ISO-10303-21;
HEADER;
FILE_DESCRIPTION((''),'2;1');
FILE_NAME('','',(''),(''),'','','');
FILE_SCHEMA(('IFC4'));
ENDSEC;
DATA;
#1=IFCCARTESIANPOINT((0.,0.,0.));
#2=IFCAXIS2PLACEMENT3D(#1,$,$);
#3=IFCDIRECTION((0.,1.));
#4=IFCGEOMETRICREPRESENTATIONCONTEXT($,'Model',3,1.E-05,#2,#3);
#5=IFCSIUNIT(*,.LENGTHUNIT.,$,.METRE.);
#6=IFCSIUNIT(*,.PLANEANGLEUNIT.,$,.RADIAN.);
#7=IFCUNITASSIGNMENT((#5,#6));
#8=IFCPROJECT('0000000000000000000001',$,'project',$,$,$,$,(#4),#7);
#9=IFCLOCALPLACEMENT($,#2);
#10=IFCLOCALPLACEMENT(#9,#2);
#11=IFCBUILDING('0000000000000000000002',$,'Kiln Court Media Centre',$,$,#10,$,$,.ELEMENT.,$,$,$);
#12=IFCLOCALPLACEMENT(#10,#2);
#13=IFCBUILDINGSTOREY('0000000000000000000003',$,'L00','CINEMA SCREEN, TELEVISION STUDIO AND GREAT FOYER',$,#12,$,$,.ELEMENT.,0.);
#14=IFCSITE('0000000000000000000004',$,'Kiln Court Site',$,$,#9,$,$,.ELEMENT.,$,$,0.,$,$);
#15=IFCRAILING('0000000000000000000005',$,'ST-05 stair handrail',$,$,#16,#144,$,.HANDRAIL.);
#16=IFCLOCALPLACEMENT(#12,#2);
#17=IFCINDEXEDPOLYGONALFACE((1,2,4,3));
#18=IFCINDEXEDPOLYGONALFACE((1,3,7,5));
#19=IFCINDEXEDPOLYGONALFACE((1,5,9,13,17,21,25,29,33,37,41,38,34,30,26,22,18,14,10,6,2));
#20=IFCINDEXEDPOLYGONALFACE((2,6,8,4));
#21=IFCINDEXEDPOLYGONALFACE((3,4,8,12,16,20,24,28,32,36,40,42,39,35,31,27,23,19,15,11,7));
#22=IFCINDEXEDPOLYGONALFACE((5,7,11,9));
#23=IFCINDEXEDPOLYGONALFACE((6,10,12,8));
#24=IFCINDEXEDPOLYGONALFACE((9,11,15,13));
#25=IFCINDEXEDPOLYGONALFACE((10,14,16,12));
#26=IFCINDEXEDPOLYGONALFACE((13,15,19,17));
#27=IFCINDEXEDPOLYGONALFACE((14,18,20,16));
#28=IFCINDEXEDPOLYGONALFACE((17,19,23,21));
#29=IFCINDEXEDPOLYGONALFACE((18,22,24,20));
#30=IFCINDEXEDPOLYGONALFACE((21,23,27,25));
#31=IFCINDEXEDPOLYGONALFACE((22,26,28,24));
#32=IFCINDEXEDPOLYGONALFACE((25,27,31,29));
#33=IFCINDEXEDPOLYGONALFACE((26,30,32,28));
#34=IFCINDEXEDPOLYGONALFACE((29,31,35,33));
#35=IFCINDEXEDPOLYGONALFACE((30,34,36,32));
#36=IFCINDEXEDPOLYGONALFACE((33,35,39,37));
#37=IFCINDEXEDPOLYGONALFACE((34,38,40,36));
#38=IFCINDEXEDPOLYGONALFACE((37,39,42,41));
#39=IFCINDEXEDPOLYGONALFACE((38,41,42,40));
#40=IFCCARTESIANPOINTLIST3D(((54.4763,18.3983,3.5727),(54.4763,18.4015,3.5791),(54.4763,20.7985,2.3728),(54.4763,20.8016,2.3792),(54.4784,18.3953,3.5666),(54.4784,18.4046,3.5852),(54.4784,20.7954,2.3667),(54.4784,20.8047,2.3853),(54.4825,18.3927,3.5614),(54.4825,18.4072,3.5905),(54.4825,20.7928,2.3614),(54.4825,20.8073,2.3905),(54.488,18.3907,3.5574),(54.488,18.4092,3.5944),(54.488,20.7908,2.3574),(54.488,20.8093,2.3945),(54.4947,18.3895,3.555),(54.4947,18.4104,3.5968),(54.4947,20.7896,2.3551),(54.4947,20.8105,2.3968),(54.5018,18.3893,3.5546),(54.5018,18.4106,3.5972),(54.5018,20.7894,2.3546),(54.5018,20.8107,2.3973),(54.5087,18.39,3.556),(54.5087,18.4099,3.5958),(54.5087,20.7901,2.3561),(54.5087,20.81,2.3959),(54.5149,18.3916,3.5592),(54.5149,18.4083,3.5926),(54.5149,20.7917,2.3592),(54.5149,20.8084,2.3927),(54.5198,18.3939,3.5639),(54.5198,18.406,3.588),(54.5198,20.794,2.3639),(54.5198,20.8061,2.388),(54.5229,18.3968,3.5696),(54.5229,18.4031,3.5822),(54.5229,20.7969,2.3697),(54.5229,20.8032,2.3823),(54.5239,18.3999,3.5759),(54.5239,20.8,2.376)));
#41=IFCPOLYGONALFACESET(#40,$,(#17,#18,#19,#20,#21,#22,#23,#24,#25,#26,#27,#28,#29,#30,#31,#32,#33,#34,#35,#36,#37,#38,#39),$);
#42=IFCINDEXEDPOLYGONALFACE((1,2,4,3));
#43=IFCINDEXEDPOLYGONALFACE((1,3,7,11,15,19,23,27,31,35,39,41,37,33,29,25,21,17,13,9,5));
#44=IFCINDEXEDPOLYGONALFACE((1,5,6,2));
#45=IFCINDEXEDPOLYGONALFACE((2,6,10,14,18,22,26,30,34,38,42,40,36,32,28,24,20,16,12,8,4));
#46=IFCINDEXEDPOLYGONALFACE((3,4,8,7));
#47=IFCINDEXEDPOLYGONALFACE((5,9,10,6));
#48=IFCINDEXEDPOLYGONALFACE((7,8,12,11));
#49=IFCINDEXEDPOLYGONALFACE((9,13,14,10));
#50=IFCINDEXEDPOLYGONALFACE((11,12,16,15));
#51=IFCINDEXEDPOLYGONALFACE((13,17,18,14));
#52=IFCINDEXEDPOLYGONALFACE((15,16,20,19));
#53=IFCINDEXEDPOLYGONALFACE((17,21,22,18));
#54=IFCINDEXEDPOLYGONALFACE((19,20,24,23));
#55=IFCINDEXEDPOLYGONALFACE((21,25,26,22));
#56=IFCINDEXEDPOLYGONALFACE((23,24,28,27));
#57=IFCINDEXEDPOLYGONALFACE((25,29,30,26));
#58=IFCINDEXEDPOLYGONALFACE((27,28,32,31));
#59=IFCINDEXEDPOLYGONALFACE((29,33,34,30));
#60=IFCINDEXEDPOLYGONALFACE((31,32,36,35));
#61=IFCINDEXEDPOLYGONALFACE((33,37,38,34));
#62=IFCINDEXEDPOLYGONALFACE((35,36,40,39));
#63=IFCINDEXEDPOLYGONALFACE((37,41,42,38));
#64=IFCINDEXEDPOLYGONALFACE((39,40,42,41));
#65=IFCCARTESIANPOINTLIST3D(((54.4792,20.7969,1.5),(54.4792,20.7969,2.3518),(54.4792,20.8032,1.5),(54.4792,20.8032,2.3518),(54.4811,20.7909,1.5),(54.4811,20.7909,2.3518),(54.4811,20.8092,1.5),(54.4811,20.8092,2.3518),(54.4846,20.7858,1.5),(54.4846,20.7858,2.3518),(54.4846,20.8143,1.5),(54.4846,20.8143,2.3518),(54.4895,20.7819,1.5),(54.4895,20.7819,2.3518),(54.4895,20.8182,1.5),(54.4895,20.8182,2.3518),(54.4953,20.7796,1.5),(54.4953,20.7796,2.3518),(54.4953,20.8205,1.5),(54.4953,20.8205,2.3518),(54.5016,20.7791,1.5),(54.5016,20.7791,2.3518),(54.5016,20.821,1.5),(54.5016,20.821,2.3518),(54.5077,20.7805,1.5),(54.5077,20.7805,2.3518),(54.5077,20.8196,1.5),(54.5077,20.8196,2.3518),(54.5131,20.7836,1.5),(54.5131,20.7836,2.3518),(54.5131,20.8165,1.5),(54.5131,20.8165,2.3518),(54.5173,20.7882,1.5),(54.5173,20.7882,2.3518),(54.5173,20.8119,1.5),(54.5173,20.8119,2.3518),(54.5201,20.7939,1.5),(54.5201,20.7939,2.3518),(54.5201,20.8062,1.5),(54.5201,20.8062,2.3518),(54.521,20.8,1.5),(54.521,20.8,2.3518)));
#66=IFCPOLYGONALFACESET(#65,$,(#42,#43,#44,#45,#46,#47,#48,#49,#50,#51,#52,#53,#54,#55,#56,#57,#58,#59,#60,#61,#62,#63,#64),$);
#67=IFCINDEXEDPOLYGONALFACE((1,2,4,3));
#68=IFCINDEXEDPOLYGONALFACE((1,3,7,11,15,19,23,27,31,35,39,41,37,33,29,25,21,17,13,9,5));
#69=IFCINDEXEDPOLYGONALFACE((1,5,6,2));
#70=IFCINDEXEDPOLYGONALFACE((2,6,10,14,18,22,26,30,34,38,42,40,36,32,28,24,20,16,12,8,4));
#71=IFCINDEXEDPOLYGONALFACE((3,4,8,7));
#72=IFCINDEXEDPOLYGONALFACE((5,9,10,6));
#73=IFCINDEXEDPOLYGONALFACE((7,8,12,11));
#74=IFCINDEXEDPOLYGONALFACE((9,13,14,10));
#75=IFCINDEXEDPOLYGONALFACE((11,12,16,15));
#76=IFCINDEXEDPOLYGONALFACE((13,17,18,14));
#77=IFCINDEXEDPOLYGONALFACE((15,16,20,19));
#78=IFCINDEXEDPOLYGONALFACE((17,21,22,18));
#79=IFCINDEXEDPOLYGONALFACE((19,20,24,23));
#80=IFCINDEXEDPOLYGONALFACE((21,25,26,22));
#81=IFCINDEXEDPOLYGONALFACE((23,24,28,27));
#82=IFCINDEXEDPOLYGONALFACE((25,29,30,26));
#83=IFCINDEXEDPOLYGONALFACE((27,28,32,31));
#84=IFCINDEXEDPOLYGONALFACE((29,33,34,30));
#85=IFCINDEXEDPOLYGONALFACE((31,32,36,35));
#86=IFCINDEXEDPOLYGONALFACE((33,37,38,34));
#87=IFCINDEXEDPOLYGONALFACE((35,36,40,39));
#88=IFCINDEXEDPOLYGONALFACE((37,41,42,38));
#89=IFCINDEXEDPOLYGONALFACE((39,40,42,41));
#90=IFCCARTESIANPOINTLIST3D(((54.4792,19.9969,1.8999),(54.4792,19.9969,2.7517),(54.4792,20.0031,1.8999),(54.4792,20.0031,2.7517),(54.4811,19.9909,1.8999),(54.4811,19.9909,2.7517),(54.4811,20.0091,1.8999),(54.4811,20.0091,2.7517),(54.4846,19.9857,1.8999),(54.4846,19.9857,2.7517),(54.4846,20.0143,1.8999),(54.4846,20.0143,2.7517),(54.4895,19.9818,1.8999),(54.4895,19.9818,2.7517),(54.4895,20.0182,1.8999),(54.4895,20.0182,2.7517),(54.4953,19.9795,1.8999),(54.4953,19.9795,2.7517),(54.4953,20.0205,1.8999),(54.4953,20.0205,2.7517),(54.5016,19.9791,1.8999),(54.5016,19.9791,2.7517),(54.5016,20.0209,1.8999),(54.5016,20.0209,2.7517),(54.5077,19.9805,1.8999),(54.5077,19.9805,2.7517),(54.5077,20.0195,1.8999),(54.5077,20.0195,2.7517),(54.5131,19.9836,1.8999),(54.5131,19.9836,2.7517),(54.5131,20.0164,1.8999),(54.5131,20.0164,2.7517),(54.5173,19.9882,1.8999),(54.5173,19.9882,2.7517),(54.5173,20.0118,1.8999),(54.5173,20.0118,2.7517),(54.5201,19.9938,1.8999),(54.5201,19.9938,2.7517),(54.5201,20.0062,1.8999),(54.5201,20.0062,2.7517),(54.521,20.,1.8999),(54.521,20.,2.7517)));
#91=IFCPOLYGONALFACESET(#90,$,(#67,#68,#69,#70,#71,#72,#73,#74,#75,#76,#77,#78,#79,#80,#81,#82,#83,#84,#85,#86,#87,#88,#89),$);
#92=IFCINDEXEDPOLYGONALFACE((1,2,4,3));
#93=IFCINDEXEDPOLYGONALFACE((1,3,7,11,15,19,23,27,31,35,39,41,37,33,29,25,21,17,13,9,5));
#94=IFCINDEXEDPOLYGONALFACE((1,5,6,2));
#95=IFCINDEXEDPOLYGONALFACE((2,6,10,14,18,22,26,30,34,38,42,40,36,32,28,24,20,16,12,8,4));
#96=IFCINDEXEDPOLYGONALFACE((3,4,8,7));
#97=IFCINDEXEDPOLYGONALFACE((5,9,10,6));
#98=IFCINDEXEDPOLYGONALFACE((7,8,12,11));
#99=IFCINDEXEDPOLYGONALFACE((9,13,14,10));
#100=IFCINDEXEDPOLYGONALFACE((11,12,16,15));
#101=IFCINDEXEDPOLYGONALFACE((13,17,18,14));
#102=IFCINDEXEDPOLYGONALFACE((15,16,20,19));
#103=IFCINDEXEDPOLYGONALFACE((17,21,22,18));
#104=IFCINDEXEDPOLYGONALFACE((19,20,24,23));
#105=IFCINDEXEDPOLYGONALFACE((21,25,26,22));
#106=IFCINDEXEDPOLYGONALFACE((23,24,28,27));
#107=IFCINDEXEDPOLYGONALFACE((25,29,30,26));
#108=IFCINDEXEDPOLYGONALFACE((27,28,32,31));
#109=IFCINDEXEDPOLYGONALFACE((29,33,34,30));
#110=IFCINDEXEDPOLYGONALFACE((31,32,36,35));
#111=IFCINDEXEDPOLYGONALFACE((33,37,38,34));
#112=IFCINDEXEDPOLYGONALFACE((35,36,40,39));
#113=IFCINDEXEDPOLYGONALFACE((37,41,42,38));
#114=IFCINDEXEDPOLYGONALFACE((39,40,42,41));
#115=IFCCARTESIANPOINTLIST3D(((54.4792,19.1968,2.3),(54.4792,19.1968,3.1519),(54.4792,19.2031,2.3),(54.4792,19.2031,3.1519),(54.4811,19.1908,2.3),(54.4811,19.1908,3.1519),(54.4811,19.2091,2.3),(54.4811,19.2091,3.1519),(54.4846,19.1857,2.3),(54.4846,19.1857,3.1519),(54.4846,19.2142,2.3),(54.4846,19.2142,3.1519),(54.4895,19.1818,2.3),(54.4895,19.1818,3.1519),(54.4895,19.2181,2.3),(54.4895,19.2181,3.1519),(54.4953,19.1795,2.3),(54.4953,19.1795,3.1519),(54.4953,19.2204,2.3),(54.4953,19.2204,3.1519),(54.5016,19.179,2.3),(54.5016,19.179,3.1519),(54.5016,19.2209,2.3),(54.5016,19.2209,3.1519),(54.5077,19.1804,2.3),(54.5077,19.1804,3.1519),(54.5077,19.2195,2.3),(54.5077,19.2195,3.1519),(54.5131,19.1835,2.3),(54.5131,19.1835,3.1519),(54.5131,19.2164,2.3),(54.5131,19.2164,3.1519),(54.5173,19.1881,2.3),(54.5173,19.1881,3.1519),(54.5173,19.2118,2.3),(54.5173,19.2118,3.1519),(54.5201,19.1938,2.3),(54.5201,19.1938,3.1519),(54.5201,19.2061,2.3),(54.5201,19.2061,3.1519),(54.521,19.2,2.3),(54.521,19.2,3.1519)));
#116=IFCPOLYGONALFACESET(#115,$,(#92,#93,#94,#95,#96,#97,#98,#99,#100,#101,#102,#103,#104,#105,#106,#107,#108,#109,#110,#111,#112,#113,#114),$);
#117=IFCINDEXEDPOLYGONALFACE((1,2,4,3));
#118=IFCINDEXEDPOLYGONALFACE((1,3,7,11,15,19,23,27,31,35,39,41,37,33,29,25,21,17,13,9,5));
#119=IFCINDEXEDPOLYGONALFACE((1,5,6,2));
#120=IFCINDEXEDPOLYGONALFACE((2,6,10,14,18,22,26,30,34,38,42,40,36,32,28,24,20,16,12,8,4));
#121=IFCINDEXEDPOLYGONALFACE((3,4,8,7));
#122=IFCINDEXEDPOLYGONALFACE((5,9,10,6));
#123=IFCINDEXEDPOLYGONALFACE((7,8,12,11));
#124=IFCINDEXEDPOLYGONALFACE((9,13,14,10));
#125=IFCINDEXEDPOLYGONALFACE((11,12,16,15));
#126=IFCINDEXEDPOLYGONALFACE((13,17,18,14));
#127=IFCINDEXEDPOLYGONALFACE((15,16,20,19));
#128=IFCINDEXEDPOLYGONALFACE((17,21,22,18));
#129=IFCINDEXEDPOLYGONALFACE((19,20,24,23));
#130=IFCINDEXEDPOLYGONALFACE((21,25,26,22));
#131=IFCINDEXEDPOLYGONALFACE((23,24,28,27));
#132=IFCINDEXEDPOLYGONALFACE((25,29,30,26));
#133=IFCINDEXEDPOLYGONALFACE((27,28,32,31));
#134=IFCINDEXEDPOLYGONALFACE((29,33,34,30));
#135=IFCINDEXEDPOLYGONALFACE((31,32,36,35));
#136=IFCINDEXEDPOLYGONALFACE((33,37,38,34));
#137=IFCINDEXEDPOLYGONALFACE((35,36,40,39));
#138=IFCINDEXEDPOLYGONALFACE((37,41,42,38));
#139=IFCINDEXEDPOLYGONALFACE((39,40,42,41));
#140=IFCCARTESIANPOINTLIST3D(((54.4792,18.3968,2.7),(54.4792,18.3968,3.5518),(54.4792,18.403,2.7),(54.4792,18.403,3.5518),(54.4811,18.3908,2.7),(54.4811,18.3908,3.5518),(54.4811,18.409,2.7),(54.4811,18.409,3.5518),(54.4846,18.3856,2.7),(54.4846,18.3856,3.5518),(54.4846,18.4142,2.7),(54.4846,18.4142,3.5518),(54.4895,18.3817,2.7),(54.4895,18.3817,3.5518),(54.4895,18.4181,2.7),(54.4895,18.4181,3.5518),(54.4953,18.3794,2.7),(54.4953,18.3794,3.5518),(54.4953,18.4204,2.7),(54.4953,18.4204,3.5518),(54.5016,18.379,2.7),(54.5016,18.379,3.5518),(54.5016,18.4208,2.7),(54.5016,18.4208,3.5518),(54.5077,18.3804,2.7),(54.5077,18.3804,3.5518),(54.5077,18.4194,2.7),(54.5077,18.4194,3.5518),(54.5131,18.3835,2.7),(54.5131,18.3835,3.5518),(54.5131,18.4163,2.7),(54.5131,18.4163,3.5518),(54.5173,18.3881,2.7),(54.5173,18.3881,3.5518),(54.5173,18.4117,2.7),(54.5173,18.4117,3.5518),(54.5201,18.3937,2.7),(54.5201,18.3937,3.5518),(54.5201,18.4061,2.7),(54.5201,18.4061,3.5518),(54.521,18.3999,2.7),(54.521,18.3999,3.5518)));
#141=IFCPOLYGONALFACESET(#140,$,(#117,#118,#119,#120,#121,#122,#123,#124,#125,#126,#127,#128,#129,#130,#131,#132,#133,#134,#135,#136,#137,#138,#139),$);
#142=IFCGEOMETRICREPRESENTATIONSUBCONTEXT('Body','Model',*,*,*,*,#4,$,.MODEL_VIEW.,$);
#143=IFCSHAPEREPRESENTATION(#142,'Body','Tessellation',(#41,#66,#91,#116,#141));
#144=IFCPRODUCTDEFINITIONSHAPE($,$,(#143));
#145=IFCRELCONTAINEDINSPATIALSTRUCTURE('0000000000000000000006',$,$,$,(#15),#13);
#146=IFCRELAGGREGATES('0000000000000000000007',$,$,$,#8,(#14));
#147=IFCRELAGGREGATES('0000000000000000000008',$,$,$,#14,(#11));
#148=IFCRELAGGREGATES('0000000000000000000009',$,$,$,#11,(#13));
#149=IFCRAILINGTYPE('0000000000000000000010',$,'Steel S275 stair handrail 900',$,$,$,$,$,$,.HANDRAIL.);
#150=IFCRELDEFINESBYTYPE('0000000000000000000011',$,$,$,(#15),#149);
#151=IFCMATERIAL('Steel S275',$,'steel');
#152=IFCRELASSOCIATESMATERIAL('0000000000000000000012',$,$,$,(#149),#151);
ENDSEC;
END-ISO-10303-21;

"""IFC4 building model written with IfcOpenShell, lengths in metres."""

from ifc_helpers import new_model, si_unit, direction, frame, origin, origin_2d, place, context, subcontext, project, spatial, circle, extrude, material, type_object, element, save


model = new_model("IFC4")

# Units and contexts
model_context = context("Model", 3, precision=1e-05, world=origin(), true_north=direction((0.0, 1.0)))
body_context = subcontext(model_context, "Body", "Model", "MODEL_VIEW")
ifc_project = project(units=[si_unit("LENGTHUNIT", "METRE"), si_unit("PLANEANGLEUNIT", "RADIAN")], contexts=[model_context])

# Site, building, storey
site_placement = place(None, origin())
site = spatial("IfcSite", under=ifc_project, at=site_placement, Name="Kiln Court Site", CompositionType="ELEMENT", RefElevation=0.0)
building_placement = place(site_placement, origin())
building = spatial("IfcBuilding", under=site, at=building_placement, Name="Kiln Court Media Centre", CompositionType="ELEMENT")
storey_placement = place(building_placement, origin())
storey = spatial("IfcBuildingStorey", under=building, at=storey_placement, Name="L00", Description="CINEMA SCREEN, TELEVISION STUDIO AND GREAT FOYER", CompositionType="ELEMENT", Elevation=0.0)

# Railing
ifc_material_1 = material(Name="Steel S275", Category="steel")
railing_type_1 = type_object("IfcRailingType", Name="Steel S275 stair handrail 900", PredefinedType="HANDRAIL", material=ifc_material_1)
for number, where, name in (
    (1, (54.5, 20.8, 1.5), "ST-05 stair handrail"),
):
    element("IfcRailing", number, at=place(storey_placement, frame(where)), inside=storey, type_object=railing_type_1, Name=name, PredefinedType="HANDRAIL", context=body_context, shape_type="SweptSolid", body=[
        extrude(circle(Radius=0.0239, at=origin_2d()), frame((0.0, 0.0, 0.876), z_axis=(0.0, -0.894445, 0.447177), x_axis=(1.0, 0.0, 0.0)), (0.0, 0.0, 1.0), 2.6833),
        extrude(circle(Radius=0.021, at=origin_2d()), origin(), (0.0, 0.0, 1.0), 0.8518),
        extrude(circle(Radius=0.021, at=origin_2d()), frame((0.0, -0.8, 0.3999)), (0.0, 0.0, 1.0), 0.8518),
        extrude(circle(Radius=0.021, at=origin_2d()), frame((0.0, -1.6001, 0.8)), (0.0, 0.0, 1.0), 0.8518),
        extrude(circle(Radius=0.021, at=origin_2d()), frame((0.0, -2.4001, 1.2)), (0.0, 0.0, 1.0), 0.8518),
    ])

save(model, "model.ifc")
